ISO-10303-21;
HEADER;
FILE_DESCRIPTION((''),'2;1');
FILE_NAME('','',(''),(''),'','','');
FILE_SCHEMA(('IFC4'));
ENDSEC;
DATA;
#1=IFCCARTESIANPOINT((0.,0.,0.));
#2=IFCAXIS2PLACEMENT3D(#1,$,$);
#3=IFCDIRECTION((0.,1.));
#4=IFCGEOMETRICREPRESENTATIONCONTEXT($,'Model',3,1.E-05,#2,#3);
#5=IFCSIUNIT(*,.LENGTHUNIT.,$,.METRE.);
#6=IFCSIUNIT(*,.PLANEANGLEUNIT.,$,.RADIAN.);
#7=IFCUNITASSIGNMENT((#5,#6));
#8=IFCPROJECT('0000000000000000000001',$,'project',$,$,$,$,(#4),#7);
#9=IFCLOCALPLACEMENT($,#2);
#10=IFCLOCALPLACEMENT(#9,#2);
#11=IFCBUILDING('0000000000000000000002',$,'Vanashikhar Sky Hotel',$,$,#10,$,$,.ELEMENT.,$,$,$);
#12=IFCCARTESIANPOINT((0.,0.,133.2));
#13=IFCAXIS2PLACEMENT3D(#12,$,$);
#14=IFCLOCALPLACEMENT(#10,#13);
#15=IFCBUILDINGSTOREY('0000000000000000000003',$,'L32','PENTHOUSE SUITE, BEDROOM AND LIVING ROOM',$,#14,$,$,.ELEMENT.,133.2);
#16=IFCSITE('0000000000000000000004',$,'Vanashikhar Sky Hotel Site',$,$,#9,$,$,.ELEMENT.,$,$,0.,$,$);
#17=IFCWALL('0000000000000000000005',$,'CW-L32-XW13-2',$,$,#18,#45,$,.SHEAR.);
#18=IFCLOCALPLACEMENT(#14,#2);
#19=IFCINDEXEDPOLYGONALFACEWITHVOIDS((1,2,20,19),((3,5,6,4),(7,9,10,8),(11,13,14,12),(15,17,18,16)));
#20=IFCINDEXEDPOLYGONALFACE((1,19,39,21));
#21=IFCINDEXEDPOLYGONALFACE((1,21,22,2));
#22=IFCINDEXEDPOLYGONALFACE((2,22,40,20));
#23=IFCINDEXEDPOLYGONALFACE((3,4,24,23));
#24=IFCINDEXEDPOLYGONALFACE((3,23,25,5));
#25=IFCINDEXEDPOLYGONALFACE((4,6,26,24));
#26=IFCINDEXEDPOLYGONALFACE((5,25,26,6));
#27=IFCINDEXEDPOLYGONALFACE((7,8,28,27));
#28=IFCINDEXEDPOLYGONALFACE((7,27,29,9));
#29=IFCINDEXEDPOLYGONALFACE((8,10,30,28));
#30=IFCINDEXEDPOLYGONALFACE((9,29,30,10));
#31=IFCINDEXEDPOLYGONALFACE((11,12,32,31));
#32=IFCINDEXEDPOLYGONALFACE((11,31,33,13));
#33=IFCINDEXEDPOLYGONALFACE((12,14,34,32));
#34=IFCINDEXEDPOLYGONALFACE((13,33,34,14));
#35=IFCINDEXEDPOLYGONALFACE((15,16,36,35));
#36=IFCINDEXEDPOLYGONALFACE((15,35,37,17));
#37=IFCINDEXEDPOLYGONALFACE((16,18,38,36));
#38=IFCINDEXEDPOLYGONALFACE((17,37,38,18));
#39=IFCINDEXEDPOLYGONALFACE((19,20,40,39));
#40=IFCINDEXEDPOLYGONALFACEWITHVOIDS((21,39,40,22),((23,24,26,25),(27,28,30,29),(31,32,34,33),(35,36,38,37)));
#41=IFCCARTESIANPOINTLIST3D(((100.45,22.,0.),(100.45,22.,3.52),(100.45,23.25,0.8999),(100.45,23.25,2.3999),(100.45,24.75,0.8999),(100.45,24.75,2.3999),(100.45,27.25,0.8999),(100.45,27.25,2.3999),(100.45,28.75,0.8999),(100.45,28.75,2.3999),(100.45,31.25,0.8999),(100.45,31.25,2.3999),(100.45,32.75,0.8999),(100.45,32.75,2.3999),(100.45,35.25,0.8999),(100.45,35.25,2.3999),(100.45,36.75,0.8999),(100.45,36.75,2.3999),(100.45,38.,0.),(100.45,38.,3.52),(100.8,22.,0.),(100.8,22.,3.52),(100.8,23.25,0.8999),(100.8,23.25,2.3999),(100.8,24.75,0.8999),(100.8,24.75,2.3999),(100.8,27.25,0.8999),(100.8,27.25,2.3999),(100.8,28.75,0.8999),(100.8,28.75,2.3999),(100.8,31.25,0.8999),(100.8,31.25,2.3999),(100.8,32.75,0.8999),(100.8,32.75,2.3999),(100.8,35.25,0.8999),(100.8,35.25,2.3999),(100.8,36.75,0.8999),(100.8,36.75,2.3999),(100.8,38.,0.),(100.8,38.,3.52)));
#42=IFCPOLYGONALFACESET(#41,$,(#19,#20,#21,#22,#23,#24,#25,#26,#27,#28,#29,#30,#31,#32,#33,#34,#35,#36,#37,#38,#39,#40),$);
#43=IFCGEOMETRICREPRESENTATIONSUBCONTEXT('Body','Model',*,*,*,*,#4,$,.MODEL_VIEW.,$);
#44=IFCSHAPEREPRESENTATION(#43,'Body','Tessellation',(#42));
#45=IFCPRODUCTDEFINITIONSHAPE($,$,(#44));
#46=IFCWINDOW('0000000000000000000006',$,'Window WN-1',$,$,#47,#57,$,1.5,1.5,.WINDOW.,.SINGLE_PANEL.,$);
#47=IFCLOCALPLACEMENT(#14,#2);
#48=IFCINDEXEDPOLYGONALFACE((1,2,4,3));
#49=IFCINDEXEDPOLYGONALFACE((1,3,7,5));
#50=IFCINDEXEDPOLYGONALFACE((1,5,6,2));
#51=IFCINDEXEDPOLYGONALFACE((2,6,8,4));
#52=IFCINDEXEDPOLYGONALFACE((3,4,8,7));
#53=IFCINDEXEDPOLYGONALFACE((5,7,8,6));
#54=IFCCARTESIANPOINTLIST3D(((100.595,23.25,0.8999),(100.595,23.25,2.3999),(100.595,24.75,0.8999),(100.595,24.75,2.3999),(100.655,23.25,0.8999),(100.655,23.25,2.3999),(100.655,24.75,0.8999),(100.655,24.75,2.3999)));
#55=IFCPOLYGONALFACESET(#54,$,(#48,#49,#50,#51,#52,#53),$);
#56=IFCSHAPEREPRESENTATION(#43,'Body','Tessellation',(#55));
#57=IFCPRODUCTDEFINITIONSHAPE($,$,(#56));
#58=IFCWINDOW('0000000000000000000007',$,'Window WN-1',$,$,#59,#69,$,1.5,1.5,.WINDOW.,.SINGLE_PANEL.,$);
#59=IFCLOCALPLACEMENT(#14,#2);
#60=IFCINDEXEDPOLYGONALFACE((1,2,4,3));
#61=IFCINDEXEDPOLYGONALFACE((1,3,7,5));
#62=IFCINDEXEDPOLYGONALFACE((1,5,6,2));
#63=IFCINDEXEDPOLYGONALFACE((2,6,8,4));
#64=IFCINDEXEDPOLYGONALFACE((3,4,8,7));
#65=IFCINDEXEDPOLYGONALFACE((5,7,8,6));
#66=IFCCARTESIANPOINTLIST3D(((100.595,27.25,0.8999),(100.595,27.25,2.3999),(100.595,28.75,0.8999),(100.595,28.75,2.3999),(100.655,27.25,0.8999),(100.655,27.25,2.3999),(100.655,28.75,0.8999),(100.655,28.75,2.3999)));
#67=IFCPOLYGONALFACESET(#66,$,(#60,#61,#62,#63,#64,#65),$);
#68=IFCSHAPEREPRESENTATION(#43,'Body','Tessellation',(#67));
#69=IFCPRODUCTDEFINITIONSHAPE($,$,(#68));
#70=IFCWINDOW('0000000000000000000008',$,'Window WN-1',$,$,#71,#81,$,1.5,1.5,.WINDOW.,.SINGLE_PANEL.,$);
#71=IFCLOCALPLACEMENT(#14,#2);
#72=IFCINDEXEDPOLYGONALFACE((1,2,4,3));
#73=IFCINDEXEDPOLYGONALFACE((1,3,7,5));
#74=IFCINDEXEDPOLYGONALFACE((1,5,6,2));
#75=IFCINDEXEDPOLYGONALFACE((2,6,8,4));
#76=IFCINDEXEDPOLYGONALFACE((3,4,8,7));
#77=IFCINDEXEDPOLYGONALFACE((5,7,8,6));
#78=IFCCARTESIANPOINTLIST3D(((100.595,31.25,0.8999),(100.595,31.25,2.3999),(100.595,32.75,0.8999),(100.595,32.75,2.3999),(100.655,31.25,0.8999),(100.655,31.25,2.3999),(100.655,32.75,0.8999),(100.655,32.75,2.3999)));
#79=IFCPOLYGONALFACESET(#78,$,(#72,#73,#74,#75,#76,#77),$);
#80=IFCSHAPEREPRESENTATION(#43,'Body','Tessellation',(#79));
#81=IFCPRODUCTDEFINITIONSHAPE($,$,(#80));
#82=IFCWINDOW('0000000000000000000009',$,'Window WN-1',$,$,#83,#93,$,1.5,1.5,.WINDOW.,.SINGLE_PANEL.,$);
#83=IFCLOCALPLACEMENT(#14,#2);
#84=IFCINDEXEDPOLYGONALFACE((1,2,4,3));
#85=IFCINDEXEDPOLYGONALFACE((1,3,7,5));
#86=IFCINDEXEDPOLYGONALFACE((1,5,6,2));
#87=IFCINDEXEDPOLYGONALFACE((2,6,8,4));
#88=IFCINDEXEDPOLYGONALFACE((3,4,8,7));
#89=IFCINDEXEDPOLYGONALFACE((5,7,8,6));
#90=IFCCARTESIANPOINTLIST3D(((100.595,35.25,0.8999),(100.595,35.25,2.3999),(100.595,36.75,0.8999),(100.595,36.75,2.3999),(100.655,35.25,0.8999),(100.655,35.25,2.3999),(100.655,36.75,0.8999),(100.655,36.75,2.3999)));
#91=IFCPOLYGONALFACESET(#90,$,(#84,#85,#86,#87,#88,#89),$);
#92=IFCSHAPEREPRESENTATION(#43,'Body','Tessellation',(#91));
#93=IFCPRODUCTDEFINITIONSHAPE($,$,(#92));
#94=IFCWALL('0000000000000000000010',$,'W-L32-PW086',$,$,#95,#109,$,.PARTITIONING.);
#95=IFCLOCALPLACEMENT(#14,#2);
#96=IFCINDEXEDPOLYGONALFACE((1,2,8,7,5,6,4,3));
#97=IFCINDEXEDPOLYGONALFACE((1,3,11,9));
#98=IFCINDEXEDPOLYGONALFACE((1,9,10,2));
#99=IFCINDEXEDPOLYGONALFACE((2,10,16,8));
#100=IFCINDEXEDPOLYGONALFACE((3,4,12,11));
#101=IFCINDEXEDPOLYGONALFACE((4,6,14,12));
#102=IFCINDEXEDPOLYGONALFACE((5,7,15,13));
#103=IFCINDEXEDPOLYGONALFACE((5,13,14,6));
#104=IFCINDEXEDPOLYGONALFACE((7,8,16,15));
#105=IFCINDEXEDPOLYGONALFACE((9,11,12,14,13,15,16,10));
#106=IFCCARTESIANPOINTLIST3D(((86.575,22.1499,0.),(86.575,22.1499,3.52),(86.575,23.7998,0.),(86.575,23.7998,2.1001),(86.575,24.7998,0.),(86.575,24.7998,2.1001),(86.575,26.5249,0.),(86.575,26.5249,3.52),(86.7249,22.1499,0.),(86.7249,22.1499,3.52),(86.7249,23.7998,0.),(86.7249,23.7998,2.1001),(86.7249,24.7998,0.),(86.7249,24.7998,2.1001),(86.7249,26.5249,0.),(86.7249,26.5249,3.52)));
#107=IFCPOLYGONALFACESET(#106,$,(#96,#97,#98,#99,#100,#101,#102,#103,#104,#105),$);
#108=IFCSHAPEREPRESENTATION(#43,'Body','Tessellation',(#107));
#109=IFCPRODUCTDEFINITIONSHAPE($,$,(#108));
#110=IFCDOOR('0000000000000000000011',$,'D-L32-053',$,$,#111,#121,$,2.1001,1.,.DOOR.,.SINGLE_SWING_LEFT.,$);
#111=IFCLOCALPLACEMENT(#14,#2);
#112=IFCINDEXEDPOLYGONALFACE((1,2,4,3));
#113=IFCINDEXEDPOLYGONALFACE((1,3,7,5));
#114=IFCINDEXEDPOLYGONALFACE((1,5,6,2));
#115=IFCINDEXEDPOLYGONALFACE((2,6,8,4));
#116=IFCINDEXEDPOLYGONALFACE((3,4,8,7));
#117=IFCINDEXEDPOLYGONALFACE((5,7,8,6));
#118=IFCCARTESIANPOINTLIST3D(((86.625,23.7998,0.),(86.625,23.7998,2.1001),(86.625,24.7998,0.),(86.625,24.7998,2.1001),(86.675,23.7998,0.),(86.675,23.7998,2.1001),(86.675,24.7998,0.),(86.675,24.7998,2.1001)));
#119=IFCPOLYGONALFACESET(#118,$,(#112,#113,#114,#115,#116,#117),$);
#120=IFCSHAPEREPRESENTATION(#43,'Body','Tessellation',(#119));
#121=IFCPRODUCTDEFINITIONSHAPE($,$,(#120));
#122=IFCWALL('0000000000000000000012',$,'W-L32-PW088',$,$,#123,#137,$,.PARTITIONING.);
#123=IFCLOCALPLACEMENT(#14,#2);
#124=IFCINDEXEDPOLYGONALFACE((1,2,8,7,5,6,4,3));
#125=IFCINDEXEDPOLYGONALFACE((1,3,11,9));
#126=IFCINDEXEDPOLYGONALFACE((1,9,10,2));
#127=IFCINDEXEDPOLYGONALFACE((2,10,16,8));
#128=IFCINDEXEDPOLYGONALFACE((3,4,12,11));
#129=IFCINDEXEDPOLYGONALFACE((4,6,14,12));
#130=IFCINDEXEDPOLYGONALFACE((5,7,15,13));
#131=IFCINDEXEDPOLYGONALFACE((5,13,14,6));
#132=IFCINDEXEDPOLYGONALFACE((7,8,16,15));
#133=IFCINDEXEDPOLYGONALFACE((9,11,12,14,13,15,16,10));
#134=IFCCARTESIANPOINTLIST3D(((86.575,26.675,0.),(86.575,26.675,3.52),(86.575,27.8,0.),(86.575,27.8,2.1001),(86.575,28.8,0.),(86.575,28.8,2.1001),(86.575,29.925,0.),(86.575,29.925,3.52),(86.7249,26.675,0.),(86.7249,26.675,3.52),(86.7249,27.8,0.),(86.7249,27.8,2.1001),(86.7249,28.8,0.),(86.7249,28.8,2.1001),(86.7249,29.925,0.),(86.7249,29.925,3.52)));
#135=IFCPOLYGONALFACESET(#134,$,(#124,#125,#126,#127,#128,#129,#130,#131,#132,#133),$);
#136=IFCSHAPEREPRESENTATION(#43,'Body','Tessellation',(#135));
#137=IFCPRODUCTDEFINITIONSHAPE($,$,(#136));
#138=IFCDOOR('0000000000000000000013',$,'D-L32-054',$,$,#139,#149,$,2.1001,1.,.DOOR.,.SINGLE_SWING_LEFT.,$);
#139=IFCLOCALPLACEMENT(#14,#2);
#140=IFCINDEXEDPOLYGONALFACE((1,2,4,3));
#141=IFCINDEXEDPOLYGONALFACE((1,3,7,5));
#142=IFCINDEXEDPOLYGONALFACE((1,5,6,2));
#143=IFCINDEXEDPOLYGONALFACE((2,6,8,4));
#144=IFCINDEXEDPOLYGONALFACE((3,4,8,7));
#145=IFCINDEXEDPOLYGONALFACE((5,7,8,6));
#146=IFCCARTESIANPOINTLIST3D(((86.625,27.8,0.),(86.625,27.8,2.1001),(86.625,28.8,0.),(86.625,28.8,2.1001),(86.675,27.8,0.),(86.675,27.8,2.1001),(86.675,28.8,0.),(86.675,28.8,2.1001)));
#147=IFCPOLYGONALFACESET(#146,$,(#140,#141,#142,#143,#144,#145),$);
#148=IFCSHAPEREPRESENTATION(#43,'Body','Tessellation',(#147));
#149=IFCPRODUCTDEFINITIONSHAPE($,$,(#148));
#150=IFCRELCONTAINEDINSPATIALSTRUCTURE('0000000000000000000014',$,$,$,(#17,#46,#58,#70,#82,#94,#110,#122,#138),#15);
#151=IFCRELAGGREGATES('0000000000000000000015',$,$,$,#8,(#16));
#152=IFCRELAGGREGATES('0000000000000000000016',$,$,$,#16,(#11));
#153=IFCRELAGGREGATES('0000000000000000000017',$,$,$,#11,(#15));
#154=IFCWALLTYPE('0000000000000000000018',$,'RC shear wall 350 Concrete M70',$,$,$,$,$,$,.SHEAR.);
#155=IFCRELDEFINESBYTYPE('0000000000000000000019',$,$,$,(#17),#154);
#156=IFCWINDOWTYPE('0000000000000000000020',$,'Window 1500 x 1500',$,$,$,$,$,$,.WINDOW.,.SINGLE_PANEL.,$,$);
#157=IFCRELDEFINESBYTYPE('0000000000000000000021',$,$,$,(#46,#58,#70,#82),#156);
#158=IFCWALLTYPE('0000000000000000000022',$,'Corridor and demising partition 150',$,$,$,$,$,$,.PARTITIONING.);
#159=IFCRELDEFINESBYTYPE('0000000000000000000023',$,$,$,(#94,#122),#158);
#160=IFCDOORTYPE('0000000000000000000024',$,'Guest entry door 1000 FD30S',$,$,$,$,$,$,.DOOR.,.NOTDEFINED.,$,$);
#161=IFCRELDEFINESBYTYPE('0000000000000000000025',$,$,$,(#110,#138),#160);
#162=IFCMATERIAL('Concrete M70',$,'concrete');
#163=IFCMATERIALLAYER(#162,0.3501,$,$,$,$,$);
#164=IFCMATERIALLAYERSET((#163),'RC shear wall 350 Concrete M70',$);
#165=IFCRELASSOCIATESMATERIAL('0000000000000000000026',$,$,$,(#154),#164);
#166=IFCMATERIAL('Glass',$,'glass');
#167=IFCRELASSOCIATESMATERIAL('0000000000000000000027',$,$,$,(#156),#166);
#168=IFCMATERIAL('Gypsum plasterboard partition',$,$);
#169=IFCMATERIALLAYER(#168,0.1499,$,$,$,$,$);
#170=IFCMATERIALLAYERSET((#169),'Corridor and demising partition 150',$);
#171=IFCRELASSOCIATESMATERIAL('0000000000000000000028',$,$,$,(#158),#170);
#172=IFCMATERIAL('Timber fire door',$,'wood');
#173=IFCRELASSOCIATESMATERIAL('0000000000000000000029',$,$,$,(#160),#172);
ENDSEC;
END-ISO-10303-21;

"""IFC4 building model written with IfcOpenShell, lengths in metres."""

from ifc_helpers import new_model, si_unit, direction, frame, frame_2d, origin, place, context, subcontext, project, spatial, rectangle, extrude, source, transform, mapped, material, layer, layer_set, type_object, element, fill, save


model = new_model("IFC4")

# Units and contexts
model_context = context("Model", 3, precision=1e-05, world=origin(), true_north=direction((0.0, 1.0)))
body_context = subcontext(model_context, "Body", "Model", "MODEL_VIEW")
ifc_project = project(units=[si_unit("LENGTHUNIT", "METRE"), si_unit("PLANEANGLEUNIT", "RADIAN")], contexts=[model_context])

# Site, building, storey
site_placement = place(None, origin())
site = spatial("IfcSite", under=ifc_project, at=site_placement, Name="Vanashikhar Sky Hotel Site", CompositionType="ELEMENT", RefElevation=0.0)
building_placement = place(site_placement, origin())
building = spatial("IfcBuilding", under=site, at=building_placement, Name="Vanashikhar Sky Hotel", CompositionType="ELEMENT")
storey_placement = place(building_placement, frame((0.0, 0.0, 133.2)))
storey = spatial("IfcBuildingStorey", under=building, at=storey_placement, Name="L32", Description="PENTHOUSE SUITE, BEDROOM AND LIVING ROOM", CompositionType="ELEMENT", Elevation=133.2)

# Wall, openings, windows
ifc_material_1 = material(Name="Concrete M70", Category="concrete")
ifc_layer_1 = layer(ifc_material_1, 0.3501)
ifc_layer_set_1 = layer_set([ifc_layer_1], Name="RC shear wall 350 Concrete M70")
wall_type_1 = type_object("IfcWallType", Name="RC shear wall 350 Concrete M70", PredefinedType="SHEAR", material=ifc_layer_set_1)
shared_shape_1 = source(origin(), body_context, "Body", "SweptSolid", [
    extrude(rectangle(XDim=16.0, YDim=0.3501, at=frame_2d((8.0, 0.0))), origin(), (0.0, 0.0, 1.0), 3.52),
])
wall_1_placement = place(storey_placement, frame((100.625, 22.0, 0.0), z_axis=(0.0, 0.0, 1.0), x_axis=(0.0, 1.0, 0.0)))
wall_1 = element("IfcWall", 1, at=wall_1_placement, inside=storey, type_object=wall_type_1, Name="CW-L32-XW13-2", PredefinedType="SHEAR", context=body_context, shape_type="MappedRepresentation", body=[
    mapped(shared_shape_1, transform((0.0, 0.0, 0.0), scale=1.0)),
])
shared_shape_2 = source(origin(), body_context, "Body", "SweptSolid", [
    extrude(rectangle(XDim=1.5, YDim=1.5, at=frame_2d((0.75, 0.75))), frame((0.0, 0.1851, 0.0), z_axis=(0.0, -1.0, 0.0), x_axis=(1.0, 0.0, 0.0)), (0.0, 0.0, 1.0), 0.3701),
])
opening_1_placement = place(wall_1_placement, frame((1.25, 0.0, 0.8999)))
opening_1 = element("IfcOpeningElement", 2, at=opening_1_placement, cuts=wall_1, PredefinedType="OPENING", context=body_context, shape_type="MappedRepresentation", body=[
    mapped(shared_shape_2, transform((0.0, 0.0, 0.0), scale=1.0)),
])
opening_2_placement = place(wall_1_placement, frame((5.25, 0.0, 0.8999)))
opening_2 = element("IfcOpeningElement", 3, at=opening_2_placement, cuts=wall_1, PredefinedType="OPENING", context=body_context, shape_type="MappedRepresentation", body=[
    mapped(shared_shape_2, transform((0.0, 0.0, 0.0), scale=1.0)),
])
opening_3_placement = place(wall_1_placement, frame((9.25, 0.0, 0.8999)))
opening_3 = element("IfcOpeningElement", 4, at=opening_3_placement, cuts=wall_1, PredefinedType="OPENING", context=body_context, shape_type="MappedRepresentation", body=[
    mapped(shared_shape_2, transform((0.0, 0.0, 0.0), scale=1.0)),
])
opening_4_placement = place(wall_1_placement, frame((13.25, 0.0, 0.8999)))
opening_4 = element("IfcOpeningElement", 5, at=opening_4_placement, cuts=wall_1, PredefinedType="OPENING", context=body_context, shape_type="MappedRepresentation", body=[
    mapped(shared_shape_2, transform((0.0, 0.0, 0.0), scale=1.0)),
])
ifc_material_2 = material(Name="Glass", Category="glass")
window_type = type_object("IfcWindowType", Name="Window 1500 x 1500", PartitioningType="SINGLE_PANEL", PredefinedType="WINDOW", material=ifc_material_2)
shared_shape_3 = source(origin(), body_context, "Body", "SweptSolid", [
    extrude(rectangle(XDim=1.5, YDim=1.5, at=frame_2d((0.75, 0.75))), frame((0.0, 0.03, 0.0), z_axis=(0.0, -1.0, 0.0), x_axis=(1.0, 0.0, 0.0)), (0.0, 0.0, 1.0), 0.0601),
])
window_1_placement = place(opening_1_placement, origin())
window_1 = element("IfcWindow", 6, at=window_1_placement, inside=storey, type_object=window_type, Name="Window WN-1", OverallHeight=1.5, OverallWidth=1.5, PartitioningType="SINGLE_PANEL", PredefinedType="WINDOW", context=body_context, shape_type="MappedRepresentation", body=[
    mapped(shared_shape_3, transform((0.0, 0.0, 0.0), scale=1.0)),
])
fill(opening_1, window_1)
window_2_placement = place(opening_2_placement, origin())
window_2 = element("IfcWindow", 7, at=window_2_placement, inside=storey, type_object=window_type, Name="Window WN-1", OverallHeight=1.5, OverallWidth=1.5, PartitioningType="SINGLE_PANEL", PredefinedType="WINDOW", context=body_context, shape_type="MappedRepresentation", body=[
    mapped(shared_shape_3, transform((0.0, 0.0, 0.0), scale=1.0)),
])
fill(opening_2, window_2)
window_3_placement = place(opening_3_placement, origin())
window_3 = element("IfcWindow", 8, at=window_3_placement, inside=storey, type_object=window_type, Name="Window WN-1", OverallHeight=1.5, OverallWidth=1.5, PartitioningType="SINGLE_PANEL", PredefinedType="WINDOW", context=body_context, shape_type="MappedRepresentation", body=[
    mapped(shared_shape_3, transform((0.0, 0.0, 0.0), scale=1.0)),
])
fill(opening_3, window_3)
window_4_placement = place(opening_4_placement, origin())
window_4 = element("IfcWindow", 9, at=window_4_placement, inside=storey, type_object=window_type, Name="Window WN-1", OverallHeight=1.5, OverallWidth=1.5, PartitioningType="SINGLE_PANEL", PredefinedType="WINDOW", context=body_context, shape_type="MappedRepresentation", body=[
    mapped(shared_shape_3, transform((0.0, 0.0, 0.0), scale=1.0)),
])
fill(opening_4, window_4)

# Walls, openings, doors
ifc_material_3 = material(Name="Gypsum plasterboard partition")
ifc_layer_2 = layer(ifc_material_3, 0.1499)
ifc_layer_set_2 = layer_set([ifc_layer_2], Name="Corridor and demising partition 150")
wall_type_2 = type_object("IfcWallType", Name="Corridor and demising partition 150", PredefinedType="PARTITIONING", material=ifc_layer_set_2)
shared_shape_4 = source(origin(), body_context, "Body", "SweptSolid", [
    extrude(rectangle(XDim=4.375, YDim=0.1499, at=frame_2d((2.1875, 0.0))), origin(), (0.0, 0.0, 1.0), 3.52),
])
wall_2_placement = place(storey_placement, frame((86.6499, 22.1499, 0.0), z_axis=(0.0, 0.0, 1.0), x_axis=(0.0, 1.0, 0.0)))
wall_2 = element("IfcWall", 10, at=wall_2_placement, inside=storey, type_object=wall_type_2, Name="W-L32-PW086", PredefinedType="PARTITIONING", context=body_context, shape_type="MappedRepresentation", body=[
    mapped(shared_shape_4, transform((0.0, 0.0, 0.0), scale=1.0)),
])
shared_shape_5 = source(origin(), body_context, "Body", "SweptSolid", [
    extrude(rectangle(XDim=1.0, YDim=2.1001, at=frame_2d((0.5, 1.05))), frame((0.0, 0.085, 0.0), z_axis=(0.0, -1.0, 0.0), x_axis=(1.0, 0.0, 0.0)), (0.0, 0.0, 1.0), 0.1699),
])
opening_5_placement = place(wall_2_placement, frame((1.6499, 0.0, 0.0)))
opening_5 = element("IfcOpeningElement", 11, at=opening_5_placement, cuts=wall_2, PredefinedType="OPENING", context=body_context, shape_type="MappedRepresentation", body=[
    mapped(shared_shape_5, transform((0.0, 0.0, 0.0), scale=1.0)),
])
ifc_material_4 = material(Name="Timber fire door", Category="wood")
door_type_1 = type_object("IfcDoorType", Name="Guest entry door 1000 FD30S", OperationType="NOTDEFINED", PredefinedType="DOOR", material=ifc_material_4)
shared_shape_6 = source(origin(), body_context, "Body", "SweptSolid", [
    extrude(rectangle(XDim=1.0, YDim=2.1001, at=frame_2d((0.5, 1.05))), frame((0.0, 0.0249, 0.0), z_axis=(0.0, -1.0, 0.0), x_axis=(1.0, 0.0, 0.0)), (0.0, 0.0, 1.0), 0.05),
])
door_1_placement = place(opening_5_placement, origin())
door_1 = element("IfcDoor", 12, at=door_1_placement, inside=storey, type_object=door_type_1, Name="D-L32-053", OperationType="SINGLE_SWING_LEFT", OverallHeight=2.1001, OverallWidth=1.0, PredefinedType="DOOR", context=body_context, shape_type="MappedRepresentation", body=[
    mapped(shared_shape_6, transform((0.0, 0.0, 0.0), scale=1.0)),
])
fill(opening_5, door_1)
shared_shape_7 = source(origin(), body_context, "Body", "SweptSolid", [
    extrude(rectangle(XDim=3.25, YDim=0.1499, at=frame_2d((1.625, 0.0))), origin(), (0.0, 0.0, 1.0), 3.52),
])
wall_3_placement = place(storey_placement, frame((86.6499, 26.675, 0.0), z_axis=(0.0, 0.0, 1.0), x_axis=(0.0, 1.0, 0.0)))
wall_3 = element("IfcWall", 13, at=wall_3_placement, inside=storey, type_object=wall_type_2, Name="W-L32-PW088", PredefinedType="PARTITIONING", context=body_context, shape_type="MappedRepresentation", body=[
    mapped(shared_shape_7, transform((0.0, 0.0, 0.0), scale=1.0)),
])
opening_6_placement = place(wall_3_placement, frame((1.125, 0.0, 0.0)))
opening_6 = element("IfcOpeningElement", 14, at=opening_6_placement, cuts=wall_3, PredefinedType="OPENING", context=body_context, shape_type="MappedRepresentation", body=[
    mapped(shared_shape_5, transform((0.0, 0.0, 0.0), scale=1.0)),
])
door_2_placement = place(opening_6_placement, origin())
door_2 = element("IfcDoor", 15, at=door_2_placement, inside=storey, type_object=door_type_1, Name="D-L32-054", OperationType="SINGLE_SWING_LEFT", OverallHeight=2.1001, OverallWidth=1.0, PredefinedType="DOOR", context=body_context, shape_type="MappedRepresentation", body=[
    mapped(shared_shape_6, transform((0.0, 0.0, 0.0), scale=1.0)),
])
fill(opening_6, door_2)

save(model, "model.ifc")
